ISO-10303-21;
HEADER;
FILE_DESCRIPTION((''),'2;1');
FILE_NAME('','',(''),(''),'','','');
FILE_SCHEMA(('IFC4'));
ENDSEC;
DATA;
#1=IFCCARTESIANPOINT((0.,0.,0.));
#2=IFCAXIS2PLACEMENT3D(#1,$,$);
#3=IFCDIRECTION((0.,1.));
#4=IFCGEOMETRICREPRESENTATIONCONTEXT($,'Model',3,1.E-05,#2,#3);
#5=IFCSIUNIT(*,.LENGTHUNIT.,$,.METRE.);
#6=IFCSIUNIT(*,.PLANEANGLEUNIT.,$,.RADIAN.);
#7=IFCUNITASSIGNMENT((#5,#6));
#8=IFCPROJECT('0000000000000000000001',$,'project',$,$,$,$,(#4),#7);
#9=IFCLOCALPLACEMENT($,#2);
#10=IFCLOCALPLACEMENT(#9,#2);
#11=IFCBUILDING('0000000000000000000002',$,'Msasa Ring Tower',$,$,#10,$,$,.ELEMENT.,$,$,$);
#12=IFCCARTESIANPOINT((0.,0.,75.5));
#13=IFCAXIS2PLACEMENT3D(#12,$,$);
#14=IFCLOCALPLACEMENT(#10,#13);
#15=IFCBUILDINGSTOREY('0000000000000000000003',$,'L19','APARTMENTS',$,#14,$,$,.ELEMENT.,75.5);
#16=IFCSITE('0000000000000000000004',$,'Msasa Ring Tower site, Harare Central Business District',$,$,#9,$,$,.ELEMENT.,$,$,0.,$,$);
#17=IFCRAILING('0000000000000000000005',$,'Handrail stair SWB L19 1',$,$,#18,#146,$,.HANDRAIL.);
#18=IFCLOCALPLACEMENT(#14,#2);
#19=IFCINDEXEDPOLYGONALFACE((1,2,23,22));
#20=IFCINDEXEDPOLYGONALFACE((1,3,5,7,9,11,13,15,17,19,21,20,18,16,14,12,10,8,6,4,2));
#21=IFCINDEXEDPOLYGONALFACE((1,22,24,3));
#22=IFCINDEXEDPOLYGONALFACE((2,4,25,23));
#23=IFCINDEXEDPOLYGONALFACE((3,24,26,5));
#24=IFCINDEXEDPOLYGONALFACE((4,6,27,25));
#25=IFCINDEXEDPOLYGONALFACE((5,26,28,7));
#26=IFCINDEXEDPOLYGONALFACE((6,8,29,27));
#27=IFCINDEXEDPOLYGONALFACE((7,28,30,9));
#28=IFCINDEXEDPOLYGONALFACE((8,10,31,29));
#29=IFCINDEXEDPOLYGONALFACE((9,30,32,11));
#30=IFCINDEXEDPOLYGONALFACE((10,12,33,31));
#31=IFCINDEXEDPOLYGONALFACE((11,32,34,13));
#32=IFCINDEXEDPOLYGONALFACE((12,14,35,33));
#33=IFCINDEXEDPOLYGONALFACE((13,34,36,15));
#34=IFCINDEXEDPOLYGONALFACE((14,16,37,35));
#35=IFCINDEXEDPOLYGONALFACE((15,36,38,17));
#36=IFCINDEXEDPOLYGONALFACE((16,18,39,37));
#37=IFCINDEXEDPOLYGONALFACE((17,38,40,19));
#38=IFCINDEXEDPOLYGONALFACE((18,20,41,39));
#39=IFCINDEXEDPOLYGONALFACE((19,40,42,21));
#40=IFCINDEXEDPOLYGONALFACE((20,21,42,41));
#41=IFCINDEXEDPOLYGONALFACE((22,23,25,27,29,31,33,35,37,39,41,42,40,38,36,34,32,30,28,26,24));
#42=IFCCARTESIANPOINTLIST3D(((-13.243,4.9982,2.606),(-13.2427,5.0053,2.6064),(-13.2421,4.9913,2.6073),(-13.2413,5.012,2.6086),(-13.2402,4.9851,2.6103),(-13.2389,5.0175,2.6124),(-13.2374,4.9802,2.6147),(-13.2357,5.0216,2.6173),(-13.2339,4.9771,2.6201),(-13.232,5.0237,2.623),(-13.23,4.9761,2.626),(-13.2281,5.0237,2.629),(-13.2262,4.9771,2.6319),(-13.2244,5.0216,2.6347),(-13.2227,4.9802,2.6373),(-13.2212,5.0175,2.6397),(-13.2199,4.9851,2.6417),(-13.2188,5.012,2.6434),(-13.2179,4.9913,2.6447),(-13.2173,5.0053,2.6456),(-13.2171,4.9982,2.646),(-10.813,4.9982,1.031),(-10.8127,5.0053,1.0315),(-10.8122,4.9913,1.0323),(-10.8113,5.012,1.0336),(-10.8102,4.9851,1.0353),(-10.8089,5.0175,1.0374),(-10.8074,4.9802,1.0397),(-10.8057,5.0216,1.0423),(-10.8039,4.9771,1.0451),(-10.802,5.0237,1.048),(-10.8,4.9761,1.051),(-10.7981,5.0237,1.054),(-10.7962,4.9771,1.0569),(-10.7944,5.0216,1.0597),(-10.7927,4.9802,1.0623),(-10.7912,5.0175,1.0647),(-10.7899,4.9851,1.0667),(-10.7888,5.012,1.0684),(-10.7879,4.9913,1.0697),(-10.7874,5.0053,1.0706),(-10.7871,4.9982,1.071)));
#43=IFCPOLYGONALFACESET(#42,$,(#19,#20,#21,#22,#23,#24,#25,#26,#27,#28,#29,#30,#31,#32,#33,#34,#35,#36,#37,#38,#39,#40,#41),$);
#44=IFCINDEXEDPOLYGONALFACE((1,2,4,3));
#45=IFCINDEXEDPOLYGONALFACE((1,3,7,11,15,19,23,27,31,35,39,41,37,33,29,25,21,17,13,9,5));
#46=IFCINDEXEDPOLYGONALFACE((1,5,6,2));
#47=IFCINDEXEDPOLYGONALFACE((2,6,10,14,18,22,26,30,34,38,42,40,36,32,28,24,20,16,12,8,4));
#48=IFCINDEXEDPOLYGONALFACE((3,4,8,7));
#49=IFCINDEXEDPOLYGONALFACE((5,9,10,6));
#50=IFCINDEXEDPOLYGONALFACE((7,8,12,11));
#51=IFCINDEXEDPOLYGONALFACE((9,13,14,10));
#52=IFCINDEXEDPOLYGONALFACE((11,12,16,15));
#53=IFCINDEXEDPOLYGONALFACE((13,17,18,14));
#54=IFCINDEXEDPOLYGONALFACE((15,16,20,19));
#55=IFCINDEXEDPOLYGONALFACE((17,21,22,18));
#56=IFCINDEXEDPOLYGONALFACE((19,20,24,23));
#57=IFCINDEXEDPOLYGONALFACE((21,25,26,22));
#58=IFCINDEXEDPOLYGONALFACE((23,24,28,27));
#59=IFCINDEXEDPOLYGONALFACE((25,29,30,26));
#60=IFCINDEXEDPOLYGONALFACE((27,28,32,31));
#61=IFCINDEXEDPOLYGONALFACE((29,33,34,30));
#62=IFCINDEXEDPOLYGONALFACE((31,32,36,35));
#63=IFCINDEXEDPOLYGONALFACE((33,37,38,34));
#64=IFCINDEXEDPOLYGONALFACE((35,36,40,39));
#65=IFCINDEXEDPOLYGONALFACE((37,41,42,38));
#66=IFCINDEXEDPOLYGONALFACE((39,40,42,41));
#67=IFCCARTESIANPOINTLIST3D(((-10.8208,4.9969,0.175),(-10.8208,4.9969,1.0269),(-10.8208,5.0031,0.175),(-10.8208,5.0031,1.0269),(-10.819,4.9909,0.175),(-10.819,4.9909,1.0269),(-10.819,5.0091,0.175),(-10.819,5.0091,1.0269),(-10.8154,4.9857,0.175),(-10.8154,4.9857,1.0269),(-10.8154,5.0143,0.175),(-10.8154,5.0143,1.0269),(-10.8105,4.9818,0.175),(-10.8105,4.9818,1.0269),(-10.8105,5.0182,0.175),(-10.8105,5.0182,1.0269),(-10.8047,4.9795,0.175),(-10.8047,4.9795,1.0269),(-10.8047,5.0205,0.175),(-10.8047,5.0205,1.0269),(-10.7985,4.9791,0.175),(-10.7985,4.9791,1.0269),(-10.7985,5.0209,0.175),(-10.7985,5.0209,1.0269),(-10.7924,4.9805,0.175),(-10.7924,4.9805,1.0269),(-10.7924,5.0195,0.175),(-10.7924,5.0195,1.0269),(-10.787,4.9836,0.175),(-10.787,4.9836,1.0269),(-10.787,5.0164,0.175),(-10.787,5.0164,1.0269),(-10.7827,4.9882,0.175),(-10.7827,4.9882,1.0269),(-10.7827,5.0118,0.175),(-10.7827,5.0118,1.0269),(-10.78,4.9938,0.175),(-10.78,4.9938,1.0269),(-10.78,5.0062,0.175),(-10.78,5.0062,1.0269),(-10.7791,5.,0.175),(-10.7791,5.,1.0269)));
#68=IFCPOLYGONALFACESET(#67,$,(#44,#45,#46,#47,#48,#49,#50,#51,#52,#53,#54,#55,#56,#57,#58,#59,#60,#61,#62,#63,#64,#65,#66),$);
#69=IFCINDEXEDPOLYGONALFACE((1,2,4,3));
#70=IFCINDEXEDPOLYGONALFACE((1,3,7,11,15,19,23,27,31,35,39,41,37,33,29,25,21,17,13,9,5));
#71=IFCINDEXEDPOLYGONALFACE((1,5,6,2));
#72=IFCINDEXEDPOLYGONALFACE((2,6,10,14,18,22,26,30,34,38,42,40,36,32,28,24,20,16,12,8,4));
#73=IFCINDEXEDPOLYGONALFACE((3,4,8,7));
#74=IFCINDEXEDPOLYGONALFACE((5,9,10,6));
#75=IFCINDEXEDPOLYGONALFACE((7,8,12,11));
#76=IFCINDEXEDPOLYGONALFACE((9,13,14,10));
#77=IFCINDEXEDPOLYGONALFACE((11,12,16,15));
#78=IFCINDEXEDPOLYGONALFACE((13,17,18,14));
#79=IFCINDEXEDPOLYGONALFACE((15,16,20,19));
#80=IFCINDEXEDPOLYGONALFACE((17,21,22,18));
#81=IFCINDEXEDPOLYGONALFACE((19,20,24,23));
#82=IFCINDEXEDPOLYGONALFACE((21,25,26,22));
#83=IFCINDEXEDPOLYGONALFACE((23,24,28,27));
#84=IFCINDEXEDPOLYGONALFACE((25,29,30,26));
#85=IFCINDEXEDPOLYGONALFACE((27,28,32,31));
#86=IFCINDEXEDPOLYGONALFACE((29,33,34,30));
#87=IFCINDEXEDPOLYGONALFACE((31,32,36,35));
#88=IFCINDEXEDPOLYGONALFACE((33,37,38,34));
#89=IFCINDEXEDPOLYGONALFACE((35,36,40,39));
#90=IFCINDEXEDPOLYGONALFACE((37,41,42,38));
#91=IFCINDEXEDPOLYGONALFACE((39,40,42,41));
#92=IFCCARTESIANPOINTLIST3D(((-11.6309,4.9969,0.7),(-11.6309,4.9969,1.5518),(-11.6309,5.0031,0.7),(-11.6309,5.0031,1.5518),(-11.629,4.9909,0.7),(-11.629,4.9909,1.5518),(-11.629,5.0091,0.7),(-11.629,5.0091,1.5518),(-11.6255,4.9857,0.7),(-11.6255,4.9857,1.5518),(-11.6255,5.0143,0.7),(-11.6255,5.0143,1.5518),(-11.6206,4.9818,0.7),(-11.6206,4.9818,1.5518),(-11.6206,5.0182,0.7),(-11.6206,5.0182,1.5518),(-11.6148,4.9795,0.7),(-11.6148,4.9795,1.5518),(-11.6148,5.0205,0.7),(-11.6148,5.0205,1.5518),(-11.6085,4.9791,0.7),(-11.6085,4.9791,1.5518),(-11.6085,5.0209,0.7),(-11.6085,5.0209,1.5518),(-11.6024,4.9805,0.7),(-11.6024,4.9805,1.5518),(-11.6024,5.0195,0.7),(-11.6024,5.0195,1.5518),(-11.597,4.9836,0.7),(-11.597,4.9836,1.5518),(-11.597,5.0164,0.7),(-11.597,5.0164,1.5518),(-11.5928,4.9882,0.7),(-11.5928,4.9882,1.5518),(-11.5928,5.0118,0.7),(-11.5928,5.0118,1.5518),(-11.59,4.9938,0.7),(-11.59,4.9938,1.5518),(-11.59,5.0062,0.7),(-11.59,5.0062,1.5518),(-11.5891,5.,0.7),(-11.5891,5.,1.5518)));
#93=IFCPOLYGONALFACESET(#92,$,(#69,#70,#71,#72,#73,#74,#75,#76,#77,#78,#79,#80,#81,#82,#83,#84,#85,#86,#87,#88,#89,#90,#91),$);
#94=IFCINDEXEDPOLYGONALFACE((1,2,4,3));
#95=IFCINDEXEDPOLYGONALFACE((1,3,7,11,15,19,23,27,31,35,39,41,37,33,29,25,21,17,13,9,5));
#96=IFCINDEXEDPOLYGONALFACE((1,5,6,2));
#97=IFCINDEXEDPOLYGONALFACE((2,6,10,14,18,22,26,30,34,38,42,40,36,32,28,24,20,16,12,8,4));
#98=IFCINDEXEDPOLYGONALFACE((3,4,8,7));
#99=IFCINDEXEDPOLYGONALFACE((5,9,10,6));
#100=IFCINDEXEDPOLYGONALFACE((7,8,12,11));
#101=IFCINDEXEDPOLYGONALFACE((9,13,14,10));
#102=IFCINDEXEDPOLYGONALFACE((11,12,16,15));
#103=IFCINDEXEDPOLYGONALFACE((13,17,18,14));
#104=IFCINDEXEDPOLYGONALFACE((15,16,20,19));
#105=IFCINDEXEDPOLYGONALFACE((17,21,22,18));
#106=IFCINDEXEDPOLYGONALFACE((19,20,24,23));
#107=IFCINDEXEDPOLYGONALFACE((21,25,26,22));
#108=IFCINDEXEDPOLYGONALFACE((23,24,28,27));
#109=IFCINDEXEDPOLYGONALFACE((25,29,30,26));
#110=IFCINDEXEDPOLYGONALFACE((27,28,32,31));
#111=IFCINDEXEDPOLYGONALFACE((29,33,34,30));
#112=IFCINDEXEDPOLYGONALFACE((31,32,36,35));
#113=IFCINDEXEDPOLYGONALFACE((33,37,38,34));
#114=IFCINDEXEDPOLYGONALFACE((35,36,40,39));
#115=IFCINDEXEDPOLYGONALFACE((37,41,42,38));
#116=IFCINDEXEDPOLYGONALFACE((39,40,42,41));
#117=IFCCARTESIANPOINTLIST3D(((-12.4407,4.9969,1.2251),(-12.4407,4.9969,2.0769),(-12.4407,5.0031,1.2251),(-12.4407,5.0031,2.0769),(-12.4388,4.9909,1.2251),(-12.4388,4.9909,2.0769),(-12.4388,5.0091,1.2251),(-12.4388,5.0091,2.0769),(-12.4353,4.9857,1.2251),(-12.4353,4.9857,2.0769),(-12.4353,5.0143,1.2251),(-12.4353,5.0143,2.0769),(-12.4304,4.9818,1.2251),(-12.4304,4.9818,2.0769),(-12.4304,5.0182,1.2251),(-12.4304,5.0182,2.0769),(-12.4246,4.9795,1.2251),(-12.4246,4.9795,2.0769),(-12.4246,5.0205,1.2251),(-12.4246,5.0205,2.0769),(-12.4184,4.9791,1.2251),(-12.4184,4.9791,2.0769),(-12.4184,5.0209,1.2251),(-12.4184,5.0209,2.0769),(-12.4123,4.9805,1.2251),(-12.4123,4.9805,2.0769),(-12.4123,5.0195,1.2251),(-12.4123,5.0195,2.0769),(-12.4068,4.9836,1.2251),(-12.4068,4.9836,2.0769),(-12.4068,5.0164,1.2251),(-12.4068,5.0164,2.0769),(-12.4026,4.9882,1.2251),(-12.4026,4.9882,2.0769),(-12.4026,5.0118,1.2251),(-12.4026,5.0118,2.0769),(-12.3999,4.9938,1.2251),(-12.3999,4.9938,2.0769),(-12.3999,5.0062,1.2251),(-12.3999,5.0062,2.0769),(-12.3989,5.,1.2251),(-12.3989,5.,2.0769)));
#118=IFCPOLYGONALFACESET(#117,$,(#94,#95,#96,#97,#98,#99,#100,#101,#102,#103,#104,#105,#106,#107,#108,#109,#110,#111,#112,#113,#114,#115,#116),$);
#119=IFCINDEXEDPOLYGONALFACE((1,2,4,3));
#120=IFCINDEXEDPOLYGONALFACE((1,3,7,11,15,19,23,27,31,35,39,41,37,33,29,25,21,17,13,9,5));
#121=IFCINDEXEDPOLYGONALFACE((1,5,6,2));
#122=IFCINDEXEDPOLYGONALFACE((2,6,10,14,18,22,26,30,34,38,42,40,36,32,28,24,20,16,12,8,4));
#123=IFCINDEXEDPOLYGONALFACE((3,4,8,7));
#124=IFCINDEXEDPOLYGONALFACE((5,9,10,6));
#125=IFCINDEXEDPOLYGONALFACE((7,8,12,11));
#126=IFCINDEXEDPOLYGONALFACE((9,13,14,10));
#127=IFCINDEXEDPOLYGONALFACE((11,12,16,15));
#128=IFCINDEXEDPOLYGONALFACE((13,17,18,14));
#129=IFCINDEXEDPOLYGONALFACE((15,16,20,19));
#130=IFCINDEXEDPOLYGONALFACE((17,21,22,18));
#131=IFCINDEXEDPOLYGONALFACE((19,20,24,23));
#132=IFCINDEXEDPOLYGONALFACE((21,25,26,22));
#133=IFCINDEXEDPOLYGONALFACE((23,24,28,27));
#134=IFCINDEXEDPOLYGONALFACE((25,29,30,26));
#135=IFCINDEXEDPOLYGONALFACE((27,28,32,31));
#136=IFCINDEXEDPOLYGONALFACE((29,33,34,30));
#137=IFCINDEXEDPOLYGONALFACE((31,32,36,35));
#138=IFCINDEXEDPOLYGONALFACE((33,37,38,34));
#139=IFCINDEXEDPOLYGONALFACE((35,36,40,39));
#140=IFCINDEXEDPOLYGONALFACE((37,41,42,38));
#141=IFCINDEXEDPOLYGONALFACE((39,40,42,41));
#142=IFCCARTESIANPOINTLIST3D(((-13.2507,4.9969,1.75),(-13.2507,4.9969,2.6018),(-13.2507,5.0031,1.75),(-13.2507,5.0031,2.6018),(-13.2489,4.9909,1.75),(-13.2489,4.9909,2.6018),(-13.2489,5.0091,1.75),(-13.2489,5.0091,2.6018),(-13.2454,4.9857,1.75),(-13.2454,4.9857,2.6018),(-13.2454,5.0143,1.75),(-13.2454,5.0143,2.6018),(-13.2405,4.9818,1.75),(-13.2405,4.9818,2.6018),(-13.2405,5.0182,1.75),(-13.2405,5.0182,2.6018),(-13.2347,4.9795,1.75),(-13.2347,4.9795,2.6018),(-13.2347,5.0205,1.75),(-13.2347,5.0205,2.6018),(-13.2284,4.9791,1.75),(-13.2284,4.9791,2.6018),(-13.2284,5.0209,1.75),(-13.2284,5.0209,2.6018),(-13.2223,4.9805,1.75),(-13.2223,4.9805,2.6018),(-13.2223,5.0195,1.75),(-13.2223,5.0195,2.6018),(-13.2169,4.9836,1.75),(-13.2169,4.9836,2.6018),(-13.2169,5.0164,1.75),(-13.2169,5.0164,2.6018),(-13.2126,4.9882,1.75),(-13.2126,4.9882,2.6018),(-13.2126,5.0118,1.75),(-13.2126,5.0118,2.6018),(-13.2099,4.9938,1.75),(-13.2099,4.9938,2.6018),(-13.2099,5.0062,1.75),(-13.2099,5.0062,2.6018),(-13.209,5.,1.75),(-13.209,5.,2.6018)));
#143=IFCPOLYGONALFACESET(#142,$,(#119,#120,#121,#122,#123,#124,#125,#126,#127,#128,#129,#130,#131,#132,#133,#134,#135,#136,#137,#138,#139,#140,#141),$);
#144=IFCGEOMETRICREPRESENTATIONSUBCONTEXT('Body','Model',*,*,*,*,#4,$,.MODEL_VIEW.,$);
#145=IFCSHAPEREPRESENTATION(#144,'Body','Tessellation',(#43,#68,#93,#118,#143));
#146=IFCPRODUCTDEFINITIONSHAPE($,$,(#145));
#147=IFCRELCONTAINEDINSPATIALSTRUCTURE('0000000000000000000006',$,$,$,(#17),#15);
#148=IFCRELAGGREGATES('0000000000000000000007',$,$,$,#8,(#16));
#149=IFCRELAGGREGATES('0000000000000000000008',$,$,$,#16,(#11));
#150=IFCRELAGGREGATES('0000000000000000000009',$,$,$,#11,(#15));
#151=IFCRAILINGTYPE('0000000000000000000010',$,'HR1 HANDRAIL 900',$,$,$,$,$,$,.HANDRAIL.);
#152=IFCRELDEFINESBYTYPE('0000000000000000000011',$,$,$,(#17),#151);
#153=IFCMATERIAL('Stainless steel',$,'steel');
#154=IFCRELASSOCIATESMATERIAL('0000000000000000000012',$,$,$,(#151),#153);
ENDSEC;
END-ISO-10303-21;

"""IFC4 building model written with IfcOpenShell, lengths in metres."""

from ifc_helpers import new_model, si_unit, direction, frame, origin, origin_2d, place, context, subcontext, project, spatial, circle, extrude, material, type_object, element, save


model = new_model("IFC4")

# Units and contexts
model_context = context("Model", 3, precision=1e-05, world=origin(), true_north=direction((0.0, 1.0)))
body_context = subcontext(model_context, "Body", "Model", "MODEL_VIEW")
ifc_project = project(units=[si_unit("LENGTHUNIT", "METRE"), si_unit("PLANEANGLEUNIT", "RADIAN")], contexts=[model_context])

# Site, building, storey
site_placement = place(None, origin())
site = spatial("IfcSite", under=ifc_project, at=site_placement, Name="Msasa Ring Tower site, Harare Central Business District", CompositionType="ELEMENT", RefElevation=0.0)
building_placement = place(site_placement, origin())
building = spatial("IfcBuilding", under=site, at=building_placement, Name="Msasa Ring Tower", CompositionType="ELEMENT")
storey_placement = place(building_placement, frame((0.0, 0.0, 75.5)))
storey = spatial("IfcBuildingStorey", under=building, at=storey_placement, Name="L19", Description="APARTMENTS", CompositionType="ELEMENT", Elevation=75.5)

# Railing
ifc_material_1 = material(Name="Stainless steel", Category="steel")
railing_type = type_object("IfcRailingType", Name="HR1 HANDRAIL 900", PredefinedType="HANDRAIL", material=ifc_material_1)
for number, where, name in (
    (1, (-10.8, 5.0, 0.175), "Handrail stair SWB L19 1"),
):
    element("IfcRailing", number, at=place(storey_placement, frame(where)), inside=storey, type_object=railing_type, Name=name, PredefinedType="HANDRAIL", context=body_context, shape_type="SweptSolid", body=[
        extrude(circle(Radius=0.0239, at=origin_2d()), frame((0.0, 0.0, 0.876), z_axis=(-0.839154, 0.0, 0.543894), x_axis=(0.0, -1.0, 0.0)), (0.0, 0.0, 1.0), 2.8958),
        extrude(circle(Radius=0.021, at=origin_2d()), origin(), (0.0, 0.0, 1.0), 0.8518),
        extrude(circle(Radius=0.021, at=origin_2d()), frame((-0.8101, 0.0, 0.5249)), (0.0, 0.0, 1.0), 0.8518),
        extrude(circle(Radius=0.021, at=origin_2d()), frame((-1.6199, 0.0, 1.05)), (0.0, 0.0, 1.0), 0.8518),
        extrude(circle(Radius=0.021, at=origin_2d()), frame((-2.4299, 0.0, 1.575)), (0.0, 0.0, 1.0), 0.8518),
    ])

save(model, "model.ifc")
